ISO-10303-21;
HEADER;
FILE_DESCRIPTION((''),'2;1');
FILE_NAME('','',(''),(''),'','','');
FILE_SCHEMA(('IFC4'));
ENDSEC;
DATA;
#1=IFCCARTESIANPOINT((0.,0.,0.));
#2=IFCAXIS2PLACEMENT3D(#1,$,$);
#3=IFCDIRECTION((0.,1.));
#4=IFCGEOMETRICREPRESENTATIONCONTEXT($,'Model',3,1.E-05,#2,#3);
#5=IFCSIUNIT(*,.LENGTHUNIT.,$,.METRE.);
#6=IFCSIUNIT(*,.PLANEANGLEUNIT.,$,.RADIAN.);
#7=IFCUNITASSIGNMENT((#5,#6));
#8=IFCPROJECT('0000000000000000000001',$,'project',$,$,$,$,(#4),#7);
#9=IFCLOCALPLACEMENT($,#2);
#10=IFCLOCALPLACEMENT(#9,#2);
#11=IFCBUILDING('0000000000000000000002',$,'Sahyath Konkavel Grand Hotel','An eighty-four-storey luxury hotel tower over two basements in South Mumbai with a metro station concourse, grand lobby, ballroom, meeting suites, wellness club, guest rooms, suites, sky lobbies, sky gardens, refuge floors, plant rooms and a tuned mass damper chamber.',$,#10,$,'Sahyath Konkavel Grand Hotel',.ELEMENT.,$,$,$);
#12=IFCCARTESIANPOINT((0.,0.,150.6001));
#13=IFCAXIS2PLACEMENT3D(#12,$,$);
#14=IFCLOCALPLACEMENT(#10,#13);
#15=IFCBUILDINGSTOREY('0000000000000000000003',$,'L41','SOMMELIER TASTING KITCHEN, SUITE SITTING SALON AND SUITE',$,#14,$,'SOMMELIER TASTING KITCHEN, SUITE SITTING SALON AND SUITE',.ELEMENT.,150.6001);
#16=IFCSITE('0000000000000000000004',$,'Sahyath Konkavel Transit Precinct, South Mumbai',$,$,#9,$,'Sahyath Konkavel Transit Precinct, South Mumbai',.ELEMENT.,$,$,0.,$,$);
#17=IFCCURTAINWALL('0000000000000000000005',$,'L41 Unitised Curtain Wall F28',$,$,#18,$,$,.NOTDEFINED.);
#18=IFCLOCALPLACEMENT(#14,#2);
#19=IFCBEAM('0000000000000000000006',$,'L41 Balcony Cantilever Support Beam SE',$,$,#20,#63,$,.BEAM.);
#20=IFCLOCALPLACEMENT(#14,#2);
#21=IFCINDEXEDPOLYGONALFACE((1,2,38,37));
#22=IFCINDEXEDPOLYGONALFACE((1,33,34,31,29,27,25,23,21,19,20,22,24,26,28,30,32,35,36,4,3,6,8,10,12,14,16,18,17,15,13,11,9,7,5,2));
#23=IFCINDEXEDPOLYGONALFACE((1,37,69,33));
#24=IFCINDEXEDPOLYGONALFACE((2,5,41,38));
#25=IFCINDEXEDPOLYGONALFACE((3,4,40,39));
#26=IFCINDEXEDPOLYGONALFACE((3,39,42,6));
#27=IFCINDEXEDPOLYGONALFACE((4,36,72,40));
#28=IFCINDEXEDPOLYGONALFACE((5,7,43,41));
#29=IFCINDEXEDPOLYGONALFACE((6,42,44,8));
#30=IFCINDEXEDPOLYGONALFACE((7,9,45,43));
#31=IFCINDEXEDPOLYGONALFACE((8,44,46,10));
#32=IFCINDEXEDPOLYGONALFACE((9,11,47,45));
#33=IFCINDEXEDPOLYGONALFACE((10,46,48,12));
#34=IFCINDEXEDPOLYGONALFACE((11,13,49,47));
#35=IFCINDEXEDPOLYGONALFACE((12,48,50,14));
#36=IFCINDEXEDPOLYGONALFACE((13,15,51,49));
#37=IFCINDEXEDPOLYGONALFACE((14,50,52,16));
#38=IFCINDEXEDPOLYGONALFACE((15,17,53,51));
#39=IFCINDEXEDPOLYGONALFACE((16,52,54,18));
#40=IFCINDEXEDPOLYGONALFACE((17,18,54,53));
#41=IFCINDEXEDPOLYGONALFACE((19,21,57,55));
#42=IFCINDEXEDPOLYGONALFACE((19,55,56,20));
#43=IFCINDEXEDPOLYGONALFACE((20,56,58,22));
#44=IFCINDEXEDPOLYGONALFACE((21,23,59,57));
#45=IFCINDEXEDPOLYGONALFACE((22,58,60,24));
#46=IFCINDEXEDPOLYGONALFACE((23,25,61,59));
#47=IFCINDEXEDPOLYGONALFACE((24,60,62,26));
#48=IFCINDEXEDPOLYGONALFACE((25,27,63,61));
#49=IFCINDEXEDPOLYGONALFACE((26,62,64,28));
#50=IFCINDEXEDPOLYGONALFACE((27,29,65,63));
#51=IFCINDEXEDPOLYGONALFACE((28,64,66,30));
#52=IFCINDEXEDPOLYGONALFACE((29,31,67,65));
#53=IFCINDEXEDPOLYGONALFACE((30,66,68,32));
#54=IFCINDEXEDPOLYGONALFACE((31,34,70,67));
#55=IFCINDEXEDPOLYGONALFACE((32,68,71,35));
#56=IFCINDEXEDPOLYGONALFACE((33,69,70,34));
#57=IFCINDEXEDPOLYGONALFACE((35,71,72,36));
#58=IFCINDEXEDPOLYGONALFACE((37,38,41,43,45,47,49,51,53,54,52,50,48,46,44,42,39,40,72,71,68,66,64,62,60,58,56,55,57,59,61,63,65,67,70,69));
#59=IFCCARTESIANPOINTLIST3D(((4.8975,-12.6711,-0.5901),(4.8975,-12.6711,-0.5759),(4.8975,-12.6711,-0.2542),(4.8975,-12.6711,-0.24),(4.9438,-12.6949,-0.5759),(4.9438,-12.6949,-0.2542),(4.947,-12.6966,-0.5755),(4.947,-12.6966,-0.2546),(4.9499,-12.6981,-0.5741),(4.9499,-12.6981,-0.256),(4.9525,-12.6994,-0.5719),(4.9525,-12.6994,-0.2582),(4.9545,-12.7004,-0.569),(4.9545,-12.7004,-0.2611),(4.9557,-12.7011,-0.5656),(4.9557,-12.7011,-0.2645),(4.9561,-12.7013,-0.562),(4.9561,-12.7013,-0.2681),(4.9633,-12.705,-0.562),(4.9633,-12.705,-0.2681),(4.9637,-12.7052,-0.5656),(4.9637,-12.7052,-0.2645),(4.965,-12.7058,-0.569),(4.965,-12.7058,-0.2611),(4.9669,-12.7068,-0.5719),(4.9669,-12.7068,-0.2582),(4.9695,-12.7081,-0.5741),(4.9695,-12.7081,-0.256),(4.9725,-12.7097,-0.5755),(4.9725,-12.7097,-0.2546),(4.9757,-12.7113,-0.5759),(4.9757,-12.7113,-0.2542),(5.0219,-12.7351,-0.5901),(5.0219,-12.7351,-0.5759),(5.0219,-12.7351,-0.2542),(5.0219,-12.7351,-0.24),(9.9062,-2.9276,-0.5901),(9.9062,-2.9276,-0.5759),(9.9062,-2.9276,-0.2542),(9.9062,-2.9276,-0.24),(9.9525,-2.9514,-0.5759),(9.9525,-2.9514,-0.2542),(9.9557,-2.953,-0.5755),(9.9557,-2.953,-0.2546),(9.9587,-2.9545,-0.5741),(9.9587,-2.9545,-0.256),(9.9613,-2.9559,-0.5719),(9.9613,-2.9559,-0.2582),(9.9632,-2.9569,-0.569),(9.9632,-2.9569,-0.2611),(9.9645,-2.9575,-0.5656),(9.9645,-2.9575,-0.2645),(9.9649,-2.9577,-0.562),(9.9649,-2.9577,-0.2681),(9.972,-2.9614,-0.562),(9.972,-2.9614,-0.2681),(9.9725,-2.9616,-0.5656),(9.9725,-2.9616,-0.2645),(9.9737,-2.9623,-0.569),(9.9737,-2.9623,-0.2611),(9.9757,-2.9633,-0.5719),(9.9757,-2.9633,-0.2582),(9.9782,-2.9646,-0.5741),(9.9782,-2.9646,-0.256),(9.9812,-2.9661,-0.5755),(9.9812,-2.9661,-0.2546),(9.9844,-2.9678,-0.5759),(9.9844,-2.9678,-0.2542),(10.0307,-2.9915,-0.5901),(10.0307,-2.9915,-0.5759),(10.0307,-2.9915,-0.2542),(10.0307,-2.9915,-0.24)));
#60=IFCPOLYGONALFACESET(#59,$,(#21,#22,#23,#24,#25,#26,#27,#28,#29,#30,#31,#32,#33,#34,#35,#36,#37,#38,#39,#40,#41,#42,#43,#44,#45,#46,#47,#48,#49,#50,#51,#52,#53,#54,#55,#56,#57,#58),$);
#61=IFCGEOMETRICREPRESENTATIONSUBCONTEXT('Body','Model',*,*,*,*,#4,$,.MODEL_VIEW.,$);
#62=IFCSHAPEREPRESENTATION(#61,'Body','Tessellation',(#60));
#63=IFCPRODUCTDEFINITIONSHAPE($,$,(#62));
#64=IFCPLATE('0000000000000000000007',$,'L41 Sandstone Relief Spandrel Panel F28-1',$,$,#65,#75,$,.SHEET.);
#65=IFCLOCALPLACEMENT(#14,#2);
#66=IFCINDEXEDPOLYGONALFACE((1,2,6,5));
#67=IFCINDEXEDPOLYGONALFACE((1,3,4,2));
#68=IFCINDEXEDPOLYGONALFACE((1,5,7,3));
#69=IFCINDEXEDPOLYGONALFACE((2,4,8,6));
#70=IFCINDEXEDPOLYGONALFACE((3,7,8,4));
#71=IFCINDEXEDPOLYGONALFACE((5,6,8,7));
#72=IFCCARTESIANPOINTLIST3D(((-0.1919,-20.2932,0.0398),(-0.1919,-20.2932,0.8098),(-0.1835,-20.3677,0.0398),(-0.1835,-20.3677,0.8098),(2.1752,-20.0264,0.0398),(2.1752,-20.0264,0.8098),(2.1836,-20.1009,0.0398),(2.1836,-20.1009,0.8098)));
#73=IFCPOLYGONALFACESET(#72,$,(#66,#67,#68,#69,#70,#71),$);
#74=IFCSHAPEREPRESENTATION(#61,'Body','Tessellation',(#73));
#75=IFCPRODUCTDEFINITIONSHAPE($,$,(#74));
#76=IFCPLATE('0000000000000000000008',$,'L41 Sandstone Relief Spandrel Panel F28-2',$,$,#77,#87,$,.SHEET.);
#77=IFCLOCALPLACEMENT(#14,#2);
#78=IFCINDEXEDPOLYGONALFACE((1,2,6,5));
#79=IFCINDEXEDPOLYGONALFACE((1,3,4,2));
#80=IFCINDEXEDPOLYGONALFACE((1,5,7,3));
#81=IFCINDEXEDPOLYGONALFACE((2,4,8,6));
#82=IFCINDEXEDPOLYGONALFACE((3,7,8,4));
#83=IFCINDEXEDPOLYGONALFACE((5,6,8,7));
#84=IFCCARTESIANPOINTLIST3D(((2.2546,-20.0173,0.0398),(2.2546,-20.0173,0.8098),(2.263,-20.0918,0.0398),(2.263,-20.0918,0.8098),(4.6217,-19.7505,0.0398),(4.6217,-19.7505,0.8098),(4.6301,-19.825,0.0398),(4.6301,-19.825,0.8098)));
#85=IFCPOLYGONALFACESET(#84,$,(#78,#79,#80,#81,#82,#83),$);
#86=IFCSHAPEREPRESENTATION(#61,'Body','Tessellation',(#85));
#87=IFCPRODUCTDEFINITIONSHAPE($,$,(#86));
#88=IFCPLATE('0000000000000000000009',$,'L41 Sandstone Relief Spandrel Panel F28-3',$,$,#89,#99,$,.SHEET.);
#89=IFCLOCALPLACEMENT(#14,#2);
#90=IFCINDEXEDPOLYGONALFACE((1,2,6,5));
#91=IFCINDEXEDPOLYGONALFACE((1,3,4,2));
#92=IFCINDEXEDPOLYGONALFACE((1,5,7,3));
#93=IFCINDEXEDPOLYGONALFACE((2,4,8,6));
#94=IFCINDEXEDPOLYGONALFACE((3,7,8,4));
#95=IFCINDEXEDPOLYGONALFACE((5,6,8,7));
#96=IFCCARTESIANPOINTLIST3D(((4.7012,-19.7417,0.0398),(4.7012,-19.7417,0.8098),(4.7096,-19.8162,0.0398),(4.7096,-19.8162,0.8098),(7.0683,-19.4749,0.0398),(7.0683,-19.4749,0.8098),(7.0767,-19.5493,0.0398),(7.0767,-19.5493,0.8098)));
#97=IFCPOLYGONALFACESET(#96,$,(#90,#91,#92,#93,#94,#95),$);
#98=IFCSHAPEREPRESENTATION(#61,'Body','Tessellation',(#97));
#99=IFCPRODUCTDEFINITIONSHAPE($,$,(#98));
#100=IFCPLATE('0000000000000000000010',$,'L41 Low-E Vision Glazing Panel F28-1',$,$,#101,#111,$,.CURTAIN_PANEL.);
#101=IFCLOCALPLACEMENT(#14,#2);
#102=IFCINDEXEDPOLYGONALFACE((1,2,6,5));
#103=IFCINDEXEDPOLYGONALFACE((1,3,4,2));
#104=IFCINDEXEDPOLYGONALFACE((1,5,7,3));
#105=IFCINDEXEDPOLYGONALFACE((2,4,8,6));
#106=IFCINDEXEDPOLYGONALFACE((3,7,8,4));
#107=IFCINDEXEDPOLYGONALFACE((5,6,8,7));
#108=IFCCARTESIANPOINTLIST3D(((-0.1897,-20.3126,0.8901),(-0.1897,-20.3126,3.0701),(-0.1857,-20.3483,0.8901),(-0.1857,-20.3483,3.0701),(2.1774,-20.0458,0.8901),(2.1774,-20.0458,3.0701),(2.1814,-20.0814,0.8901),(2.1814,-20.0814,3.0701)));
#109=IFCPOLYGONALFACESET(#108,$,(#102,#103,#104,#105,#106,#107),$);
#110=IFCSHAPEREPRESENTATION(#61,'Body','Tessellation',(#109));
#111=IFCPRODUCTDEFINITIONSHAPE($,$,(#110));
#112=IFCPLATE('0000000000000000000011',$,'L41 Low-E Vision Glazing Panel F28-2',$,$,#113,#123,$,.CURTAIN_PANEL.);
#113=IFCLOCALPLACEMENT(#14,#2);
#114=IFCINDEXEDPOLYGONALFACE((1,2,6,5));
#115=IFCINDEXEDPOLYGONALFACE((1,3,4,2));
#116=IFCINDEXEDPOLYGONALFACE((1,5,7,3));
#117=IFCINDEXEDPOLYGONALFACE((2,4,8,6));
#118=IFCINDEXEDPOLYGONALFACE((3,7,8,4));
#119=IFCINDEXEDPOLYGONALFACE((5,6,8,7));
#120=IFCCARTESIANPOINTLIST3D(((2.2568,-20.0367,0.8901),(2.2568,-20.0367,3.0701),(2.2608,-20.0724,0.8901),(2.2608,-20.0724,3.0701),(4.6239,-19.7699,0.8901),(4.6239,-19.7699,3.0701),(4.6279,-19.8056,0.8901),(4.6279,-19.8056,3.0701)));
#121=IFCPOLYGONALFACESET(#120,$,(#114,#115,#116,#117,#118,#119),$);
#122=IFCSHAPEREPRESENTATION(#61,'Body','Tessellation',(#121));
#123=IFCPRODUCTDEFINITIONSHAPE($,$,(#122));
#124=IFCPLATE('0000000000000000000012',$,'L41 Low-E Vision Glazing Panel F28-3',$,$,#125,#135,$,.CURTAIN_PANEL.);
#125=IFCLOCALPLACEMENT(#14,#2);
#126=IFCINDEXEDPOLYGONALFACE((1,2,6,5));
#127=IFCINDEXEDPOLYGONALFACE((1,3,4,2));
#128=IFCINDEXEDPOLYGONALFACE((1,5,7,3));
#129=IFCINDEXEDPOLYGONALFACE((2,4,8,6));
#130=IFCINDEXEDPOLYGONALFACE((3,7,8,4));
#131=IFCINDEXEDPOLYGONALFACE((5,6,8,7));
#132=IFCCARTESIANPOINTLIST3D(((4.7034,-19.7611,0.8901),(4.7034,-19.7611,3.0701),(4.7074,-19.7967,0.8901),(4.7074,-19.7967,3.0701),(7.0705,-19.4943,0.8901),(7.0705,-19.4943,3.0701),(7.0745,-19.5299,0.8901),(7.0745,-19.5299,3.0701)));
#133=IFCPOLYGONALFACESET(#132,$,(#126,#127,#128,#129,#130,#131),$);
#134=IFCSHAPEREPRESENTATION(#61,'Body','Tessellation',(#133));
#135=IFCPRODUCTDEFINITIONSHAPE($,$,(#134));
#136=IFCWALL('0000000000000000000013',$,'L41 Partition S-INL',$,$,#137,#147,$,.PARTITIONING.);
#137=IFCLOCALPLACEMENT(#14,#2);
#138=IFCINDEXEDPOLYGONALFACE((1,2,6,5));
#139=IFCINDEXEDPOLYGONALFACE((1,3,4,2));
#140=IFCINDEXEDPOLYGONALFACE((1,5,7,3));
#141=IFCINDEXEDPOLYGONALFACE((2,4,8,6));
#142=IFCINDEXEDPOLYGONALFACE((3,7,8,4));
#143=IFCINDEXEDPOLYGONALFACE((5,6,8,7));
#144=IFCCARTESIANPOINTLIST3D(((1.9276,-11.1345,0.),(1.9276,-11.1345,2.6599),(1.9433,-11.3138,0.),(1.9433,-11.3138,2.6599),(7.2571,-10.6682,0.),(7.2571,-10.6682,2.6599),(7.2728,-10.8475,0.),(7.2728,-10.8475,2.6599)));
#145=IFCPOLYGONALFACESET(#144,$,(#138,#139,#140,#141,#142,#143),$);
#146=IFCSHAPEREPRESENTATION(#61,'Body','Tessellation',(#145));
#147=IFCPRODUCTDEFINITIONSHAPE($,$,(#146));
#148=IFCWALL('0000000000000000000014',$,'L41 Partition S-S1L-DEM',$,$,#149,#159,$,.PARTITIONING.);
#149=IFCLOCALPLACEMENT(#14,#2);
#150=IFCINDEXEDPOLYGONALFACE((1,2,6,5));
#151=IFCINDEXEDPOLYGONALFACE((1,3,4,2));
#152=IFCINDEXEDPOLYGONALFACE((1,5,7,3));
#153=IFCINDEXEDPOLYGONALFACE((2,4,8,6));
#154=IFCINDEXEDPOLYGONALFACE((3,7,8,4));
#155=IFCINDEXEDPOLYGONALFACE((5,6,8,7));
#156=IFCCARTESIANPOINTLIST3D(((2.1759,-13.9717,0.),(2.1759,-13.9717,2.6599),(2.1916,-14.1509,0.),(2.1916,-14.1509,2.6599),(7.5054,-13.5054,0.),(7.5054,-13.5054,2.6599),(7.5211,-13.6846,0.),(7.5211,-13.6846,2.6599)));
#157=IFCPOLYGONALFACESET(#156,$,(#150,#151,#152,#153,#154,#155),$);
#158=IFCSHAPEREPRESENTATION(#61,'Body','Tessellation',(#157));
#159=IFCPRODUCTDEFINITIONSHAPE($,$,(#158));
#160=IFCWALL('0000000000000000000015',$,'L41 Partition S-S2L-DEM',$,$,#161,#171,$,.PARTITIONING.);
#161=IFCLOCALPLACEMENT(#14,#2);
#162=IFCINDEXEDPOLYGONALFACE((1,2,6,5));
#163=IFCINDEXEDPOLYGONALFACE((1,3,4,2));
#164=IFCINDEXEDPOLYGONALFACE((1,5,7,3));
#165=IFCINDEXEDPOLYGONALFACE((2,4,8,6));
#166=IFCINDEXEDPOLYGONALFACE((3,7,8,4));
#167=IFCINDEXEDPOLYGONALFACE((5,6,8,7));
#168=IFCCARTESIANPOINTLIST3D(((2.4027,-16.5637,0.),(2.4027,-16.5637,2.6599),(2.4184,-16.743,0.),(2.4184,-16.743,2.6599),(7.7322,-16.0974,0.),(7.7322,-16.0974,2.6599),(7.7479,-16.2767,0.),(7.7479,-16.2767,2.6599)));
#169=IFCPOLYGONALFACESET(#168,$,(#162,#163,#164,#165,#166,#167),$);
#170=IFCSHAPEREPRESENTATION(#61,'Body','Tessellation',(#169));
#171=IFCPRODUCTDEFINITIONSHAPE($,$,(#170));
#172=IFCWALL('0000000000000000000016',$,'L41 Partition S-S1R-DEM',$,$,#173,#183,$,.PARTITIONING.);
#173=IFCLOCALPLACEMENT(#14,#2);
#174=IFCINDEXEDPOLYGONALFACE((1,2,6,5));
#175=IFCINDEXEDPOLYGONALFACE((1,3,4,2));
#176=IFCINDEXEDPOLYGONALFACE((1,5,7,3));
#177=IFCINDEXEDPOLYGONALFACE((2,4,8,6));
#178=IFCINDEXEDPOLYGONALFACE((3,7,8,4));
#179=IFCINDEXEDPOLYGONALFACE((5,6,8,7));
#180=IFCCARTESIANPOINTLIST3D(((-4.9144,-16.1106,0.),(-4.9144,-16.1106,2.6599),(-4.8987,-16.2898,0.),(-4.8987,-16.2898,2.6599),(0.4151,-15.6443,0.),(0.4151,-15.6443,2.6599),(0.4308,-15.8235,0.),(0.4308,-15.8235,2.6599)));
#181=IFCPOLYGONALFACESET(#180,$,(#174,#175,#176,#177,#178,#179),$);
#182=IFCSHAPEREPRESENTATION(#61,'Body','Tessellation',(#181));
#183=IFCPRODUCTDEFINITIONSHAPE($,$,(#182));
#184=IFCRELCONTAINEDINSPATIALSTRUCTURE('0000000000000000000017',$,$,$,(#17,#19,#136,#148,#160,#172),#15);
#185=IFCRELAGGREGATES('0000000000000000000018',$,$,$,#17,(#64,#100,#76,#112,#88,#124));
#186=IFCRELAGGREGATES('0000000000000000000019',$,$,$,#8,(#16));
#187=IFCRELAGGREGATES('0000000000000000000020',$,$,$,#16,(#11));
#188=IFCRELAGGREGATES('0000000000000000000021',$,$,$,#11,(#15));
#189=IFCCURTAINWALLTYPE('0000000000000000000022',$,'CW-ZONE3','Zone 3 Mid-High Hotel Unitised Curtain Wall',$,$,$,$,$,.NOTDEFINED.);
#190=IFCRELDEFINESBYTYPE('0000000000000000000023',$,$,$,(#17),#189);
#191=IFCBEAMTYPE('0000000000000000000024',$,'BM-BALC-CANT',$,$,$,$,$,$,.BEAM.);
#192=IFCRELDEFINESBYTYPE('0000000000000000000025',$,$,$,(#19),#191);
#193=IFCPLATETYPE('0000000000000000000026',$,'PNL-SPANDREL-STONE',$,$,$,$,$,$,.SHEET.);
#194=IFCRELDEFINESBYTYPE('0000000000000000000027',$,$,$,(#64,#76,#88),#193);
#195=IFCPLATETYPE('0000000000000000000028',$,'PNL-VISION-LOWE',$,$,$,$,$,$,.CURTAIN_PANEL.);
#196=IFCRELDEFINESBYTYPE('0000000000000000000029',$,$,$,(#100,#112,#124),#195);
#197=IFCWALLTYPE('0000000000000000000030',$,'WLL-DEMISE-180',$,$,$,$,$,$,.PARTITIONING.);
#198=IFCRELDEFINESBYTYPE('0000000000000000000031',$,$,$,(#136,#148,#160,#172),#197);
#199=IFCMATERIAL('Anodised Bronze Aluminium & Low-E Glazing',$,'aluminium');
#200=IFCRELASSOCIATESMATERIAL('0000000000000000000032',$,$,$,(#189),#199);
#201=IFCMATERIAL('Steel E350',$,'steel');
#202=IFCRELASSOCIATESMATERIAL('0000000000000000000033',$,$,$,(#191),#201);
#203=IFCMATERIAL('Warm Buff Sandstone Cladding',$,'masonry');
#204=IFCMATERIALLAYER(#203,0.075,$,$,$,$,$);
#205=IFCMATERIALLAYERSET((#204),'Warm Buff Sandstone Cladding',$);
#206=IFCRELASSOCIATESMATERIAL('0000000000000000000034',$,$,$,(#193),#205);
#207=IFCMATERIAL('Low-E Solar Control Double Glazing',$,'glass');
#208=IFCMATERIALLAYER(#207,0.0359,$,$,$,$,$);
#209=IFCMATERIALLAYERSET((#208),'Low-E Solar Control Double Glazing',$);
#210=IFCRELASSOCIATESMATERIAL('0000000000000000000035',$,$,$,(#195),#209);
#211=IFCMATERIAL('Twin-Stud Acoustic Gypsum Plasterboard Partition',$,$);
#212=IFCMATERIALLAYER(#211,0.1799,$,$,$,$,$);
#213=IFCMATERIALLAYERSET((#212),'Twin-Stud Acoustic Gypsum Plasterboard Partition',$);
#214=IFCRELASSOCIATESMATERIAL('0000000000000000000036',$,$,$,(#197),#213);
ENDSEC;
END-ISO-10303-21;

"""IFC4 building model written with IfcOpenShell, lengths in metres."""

from ifc_helpers import new_model, si_unit, direction, frame, frame_2d, origin, origin_2d, place, context, subcontext, project, spatial, rectangle, i_section, extrude, source, transform, mapped, material, layer, layer_set, material_profile, profile_set, type_object, element, aggregate, save


model = new_model("IFC4")

# Units and contexts
model_context = context("Model", 3, precision=1e-05, world=origin(), true_north=direction((0.0, 1.0)))
body_context = subcontext(model_context, "Body", "Model", "MODEL_VIEW")
ifc_project = project(units=[si_unit("LENGTHUNIT", "METRE"), si_unit("PLANEANGLEUNIT", "RADIAN")], contexts=[model_context])

# Site, building, storey
site_placement = place(None, origin())
site = spatial("IfcSite", under=ifc_project, at=site_placement, Name="Sahyath Konkavel Transit Precinct, South Mumbai", LongName="Sahyath Konkavel Transit Precinct, South Mumbai", CompositionType="ELEMENT", RefElevation=0.0)
building_placement = place(site_placement, origin())
building = spatial("IfcBuilding", under=site, at=building_placement, Name="Sahyath Konkavel Grand Hotel", Description="An eighty-four-storey luxury hotel tower over two basements in South Mumbai with a metro station concourse, grand lobby, ballroom, meeting suites, wellness club, guest rooms, suites, sky lobbies, sky gardens, refuge floors, plant rooms and a tuned mass damper chamber.", LongName="Sahyath Konkavel Grand Hotel", CompositionType="ELEMENT")
storey_placement = place(building_placement, frame((0.0, 0.0, 150.6001)))
storey = spatial("IfcBuildingStorey", under=building, at=storey_placement, Name="L41", Description="SOMMELIER TASTING KITCHEN, SUITE SITTING SALON AND SUITE", LongName="SOMMELIER TASTING KITCHEN, SUITE SITTING SALON AND SUITE", CompositionType="ELEMENT", Elevation=150.6001)

# Shared definitions
ifc_material_1 = material(Name="Steel E350", Category="steel")

# Curtain wall
ifc_material_2 = material(Name="Anodised Bronze Aluminium & Low-E Glazing", Category="aluminium")
curtain_wall_type = type_object("IfcCurtainWallType", Name="CW-ZONE3", Description="Zone 3 Mid-High Hotel Unitised Curtain Wall", PredefinedType="NOTDEFINED", material=ifc_material_2)
curtain_wall_placement = place(storey_placement, origin())
curtain_wall = element("IfcCurtainWall", 1, at=curtain_wall_placement, inside=storey, type_object=curtain_wall_type, Name="L41 Unitised Curtain Wall F28", PredefinedType="NOTDEFINED")

# Beam
ifc_material_profile_1 = material_profile(ifc_material_1, i_section(OverallWidth=0.1399, OverallDepth=0.3501, WebThickness=0.0081, FlangeThickness=0.0142, FilletRadius=0.0139, at=origin_2d()), Name="ISMB 350")
ifc_profile_set_1 = profile_set([ifc_material_profile_1], Name="Steel E350")
beam_type_1 = type_object("IfcBeamType", Name="BM-BALC-CANT", PredefinedType="BEAM", material=ifc_profile_set_1)
shared_shape_1 = source(origin(), body_context, "Body", "SweptSolid", [
    extrude(i_section(OverallWidth=0.1399, OverallDepth=0.3501, WebThickness=0.0081, FlangeThickness=0.0142, FilletRadius=0.0139, at=origin_2d()), origin(), (0.0, 0.0, 1.0), 10.9556),
])
beam_1_placement = place(storey_placement, frame((4.9597, -12.7031, -0.415), z_axis=(0.457187, 0.889371, 0.0), x_axis=(-0.889371, 0.457187, 0.0)))
element("IfcBeam", 2, at=beam_1_placement, inside=storey, type_object=beam_type_1, Name="L41 Balcony Cantilever Support Beam SE", PredefinedType="BEAM", context=body_context, shape_type="MappedRepresentation", body=[
    mapped(shared_shape_1, transform((0.0, 0.0, 0.0), scale=1.0)),
])

# Plates
ifc_material_3 = material(Name="Warm Buff Sandstone Cladding", Category="masonry")
ifc_layer_1 = layer(ifc_material_3, 0.075)
ifc_layer_set_1 = layer_set([ifc_layer_1], Name="Warm Buff Sandstone Cladding")
plate_type_1 = type_object("IfcPlateType", Name="PNL-SPANDREL-STONE", PredefinedType="SHEET", material=ifc_layer_set_1)
shared_shape_2 = source(origin(), body_context, "Body", "SweptSolid", [
    extrude(rectangle(XDim=2.3821, YDim=0.075, at=origin_2d()), origin(), (0.0, 0.0, 1.0), 0.77),
])
plate_1_placement = place(storey_placement, frame((0.9958, -20.197, 0.0398), z_axis=(0.0, 0.0, 1.0), x_axis=(0.993707, 0.112007, 0.0)))
plate_1 = element("IfcPlate", 3, at=plate_1_placement, type_object=plate_type_1, Name="L41 Sandstone Relief Spandrel Panel F28-1", PredefinedType="SHEET", context=body_context, shape_type="MappedRepresentation", body=[
    mapped(shared_shape_2, transform((0.0, 0.0, 0.0), scale=1.0)),
])
plate_2_placement = place(storey_placement, frame((3.4424, -19.9211, 0.0398), z_axis=(0.0, 0.0, 1.0), x_axis=(0.993707, 0.112007, 0.0)))
plate_2 = element("IfcPlate", 4, at=plate_2_placement, type_object=plate_type_1, Name="L41 Sandstone Relief Spandrel Panel F28-2", PredefinedType="SHEET", context=body_context, shape_type="MappedRepresentation", body=[
    mapped(shared_shape_2, transform((0.0, 0.0, 0.0), scale=1.0)),
])
plate_3_placement = place(storey_placement, frame((5.8889, -19.6455, 0.0398), z_axis=(0.0, 0.0, 1.0), x_axis=(0.993707, 0.112007, 0.0)))
plate_3 = element("IfcPlate", 5, at=plate_3_placement, type_object=plate_type_1, Name="L41 Sandstone Relief Spandrel Panel F28-3", PredefinedType="SHEET", context=body_context, shape_type="MappedRepresentation", body=[
    mapped(shared_shape_2, transform((0.0, 0.0, 0.0), scale=1.0)),
])
ifc_material_4 = material(Name="Low-E Solar Control Double Glazing", Category="glass")
ifc_layer_2 = layer(ifc_material_4, 0.0359)
ifc_layer_set_2 = layer_set([ifc_layer_2], Name="Low-E Solar Control Double Glazing")
plate_type_2 = type_object("IfcPlateType", Name="PNL-VISION-LOWE", PredefinedType="CURTAIN_PANEL", material=ifc_layer_set_2)
shared_shape_3 = source(origin(), body_context, "Body", "SweptSolid", [
    extrude(rectangle(XDim=2.3821, YDim=0.0359, at=origin_2d()), origin(), (0.0, 0.0, 1.0), 2.1799),
])
plate_4_placement = place(storey_placement, frame((0.9958, -20.197, 0.8901), z_axis=(0.0, 0.0, 1.0), x_axis=(0.993707, 0.112007, 0.0)))
plate_4 = element("IfcPlate", 6, at=plate_4_placement, type_object=plate_type_2, Name="L41 Low-E Vision Glazing Panel F28-1", PredefinedType="CURTAIN_PANEL", context=body_context, shape_type="MappedRepresentation", body=[
    mapped(shared_shape_3, transform((0.0, 0.0, 0.0), scale=1.0)),
])
plate_5_placement = place(storey_placement, frame((3.4424, -19.9211, 0.8901), z_axis=(0.0, 0.0, 1.0), x_axis=(0.993707, 0.112007, 0.0)))
plate_5 = element("IfcPlate", 7, at=plate_5_placement, type_object=plate_type_2, Name="L41 Low-E Vision Glazing Panel F28-2", PredefinedType="CURTAIN_PANEL", context=body_context, shape_type="MappedRepresentation", body=[
    mapped(shared_shape_3, transform((0.0, 0.0, 0.0), scale=1.0)),
])
plate_6_placement = place(storey_placement, frame((5.8889, -19.6455, 0.8901), z_axis=(0.0, 0.0, 1.0), x_axis=(0.993707, 0.112007, 0.0)))
plate_6 = element("IfcPlate", 8, at=plate_6_placement, type_object=plate_type_2, Name="L41 Low-E Vision Glazing Panel F28-3", PredefinedType="CURTAIN_PANEL", context=body_context, shape_type="MappedRepresentation", body=[
    mapped(shared_shape_3, transform((0.0, 0.0, 0.0), scale=1.0)),
])
aggregate(curtain_wall, [plate_1, plate_4, plate_2, plate_5, plate_3, plate_6])

# Walls
ifc_material_5 = material(Name="Twin-Stud Acoustic Gypsum Plasterboard Partition")
ifc_layer_3 = layer(ifc_material_5, 0.1799)
ifc_layer_set_3 = layer_set([ifc_layer_3], Name="Twin-Stud Acoustic Gypsum Plasterboard Partition")
wall_type_1 = type_object("IfcWallType", Name="WLL-DEMISE-180", PredefinedType="PARTITIONING", material=ifc_layer_set_3)
for number, where, z_axis, x_axis, name in (
    (9, (1.9355, -11.2241, 0.0), (0.0, 0.0, 1.0), (0.996194, 0.087161, 0.0), "L41 Partition S-INL"),
    (10, (2.1838, -14.0613, 0.0), (0.0, 0.0, 1.0), (0.996194, 0.087161, 0.0), "L41 Partition S-S1L-DEM"),
    (11, (2.4106, -16.6533, 0.0), (0.0, 0.0, 1.0), (0.996194, 0.087161, 0.0), "L41 Partition S-S2L-DEM"),
    (12, (0.4229, -15.7339, 0.0), (0.0, 0.0, 1.0), (-0.996194, -0.087161, 0.0), "L41 Partition S-S1R-DEM"),
):
    element("IfcWall", number, at=place(storey_placement, frame(where, z_axis=z_axis, x_axis=x_axis)), inside=storey, type_object=wall_type_1, Name=name, PredefinedType="PARTITIONING", context=body_context, shape_type="SweptSolid", body=[
        extrude(rectangle(XDim=5.3499, YDim=0.1799, at=frame_2d((2.6748, 0.0))), origin(), (0.0, 0.0, 1.0), 2.6599),
    ])

save(model, "model.ifc")
